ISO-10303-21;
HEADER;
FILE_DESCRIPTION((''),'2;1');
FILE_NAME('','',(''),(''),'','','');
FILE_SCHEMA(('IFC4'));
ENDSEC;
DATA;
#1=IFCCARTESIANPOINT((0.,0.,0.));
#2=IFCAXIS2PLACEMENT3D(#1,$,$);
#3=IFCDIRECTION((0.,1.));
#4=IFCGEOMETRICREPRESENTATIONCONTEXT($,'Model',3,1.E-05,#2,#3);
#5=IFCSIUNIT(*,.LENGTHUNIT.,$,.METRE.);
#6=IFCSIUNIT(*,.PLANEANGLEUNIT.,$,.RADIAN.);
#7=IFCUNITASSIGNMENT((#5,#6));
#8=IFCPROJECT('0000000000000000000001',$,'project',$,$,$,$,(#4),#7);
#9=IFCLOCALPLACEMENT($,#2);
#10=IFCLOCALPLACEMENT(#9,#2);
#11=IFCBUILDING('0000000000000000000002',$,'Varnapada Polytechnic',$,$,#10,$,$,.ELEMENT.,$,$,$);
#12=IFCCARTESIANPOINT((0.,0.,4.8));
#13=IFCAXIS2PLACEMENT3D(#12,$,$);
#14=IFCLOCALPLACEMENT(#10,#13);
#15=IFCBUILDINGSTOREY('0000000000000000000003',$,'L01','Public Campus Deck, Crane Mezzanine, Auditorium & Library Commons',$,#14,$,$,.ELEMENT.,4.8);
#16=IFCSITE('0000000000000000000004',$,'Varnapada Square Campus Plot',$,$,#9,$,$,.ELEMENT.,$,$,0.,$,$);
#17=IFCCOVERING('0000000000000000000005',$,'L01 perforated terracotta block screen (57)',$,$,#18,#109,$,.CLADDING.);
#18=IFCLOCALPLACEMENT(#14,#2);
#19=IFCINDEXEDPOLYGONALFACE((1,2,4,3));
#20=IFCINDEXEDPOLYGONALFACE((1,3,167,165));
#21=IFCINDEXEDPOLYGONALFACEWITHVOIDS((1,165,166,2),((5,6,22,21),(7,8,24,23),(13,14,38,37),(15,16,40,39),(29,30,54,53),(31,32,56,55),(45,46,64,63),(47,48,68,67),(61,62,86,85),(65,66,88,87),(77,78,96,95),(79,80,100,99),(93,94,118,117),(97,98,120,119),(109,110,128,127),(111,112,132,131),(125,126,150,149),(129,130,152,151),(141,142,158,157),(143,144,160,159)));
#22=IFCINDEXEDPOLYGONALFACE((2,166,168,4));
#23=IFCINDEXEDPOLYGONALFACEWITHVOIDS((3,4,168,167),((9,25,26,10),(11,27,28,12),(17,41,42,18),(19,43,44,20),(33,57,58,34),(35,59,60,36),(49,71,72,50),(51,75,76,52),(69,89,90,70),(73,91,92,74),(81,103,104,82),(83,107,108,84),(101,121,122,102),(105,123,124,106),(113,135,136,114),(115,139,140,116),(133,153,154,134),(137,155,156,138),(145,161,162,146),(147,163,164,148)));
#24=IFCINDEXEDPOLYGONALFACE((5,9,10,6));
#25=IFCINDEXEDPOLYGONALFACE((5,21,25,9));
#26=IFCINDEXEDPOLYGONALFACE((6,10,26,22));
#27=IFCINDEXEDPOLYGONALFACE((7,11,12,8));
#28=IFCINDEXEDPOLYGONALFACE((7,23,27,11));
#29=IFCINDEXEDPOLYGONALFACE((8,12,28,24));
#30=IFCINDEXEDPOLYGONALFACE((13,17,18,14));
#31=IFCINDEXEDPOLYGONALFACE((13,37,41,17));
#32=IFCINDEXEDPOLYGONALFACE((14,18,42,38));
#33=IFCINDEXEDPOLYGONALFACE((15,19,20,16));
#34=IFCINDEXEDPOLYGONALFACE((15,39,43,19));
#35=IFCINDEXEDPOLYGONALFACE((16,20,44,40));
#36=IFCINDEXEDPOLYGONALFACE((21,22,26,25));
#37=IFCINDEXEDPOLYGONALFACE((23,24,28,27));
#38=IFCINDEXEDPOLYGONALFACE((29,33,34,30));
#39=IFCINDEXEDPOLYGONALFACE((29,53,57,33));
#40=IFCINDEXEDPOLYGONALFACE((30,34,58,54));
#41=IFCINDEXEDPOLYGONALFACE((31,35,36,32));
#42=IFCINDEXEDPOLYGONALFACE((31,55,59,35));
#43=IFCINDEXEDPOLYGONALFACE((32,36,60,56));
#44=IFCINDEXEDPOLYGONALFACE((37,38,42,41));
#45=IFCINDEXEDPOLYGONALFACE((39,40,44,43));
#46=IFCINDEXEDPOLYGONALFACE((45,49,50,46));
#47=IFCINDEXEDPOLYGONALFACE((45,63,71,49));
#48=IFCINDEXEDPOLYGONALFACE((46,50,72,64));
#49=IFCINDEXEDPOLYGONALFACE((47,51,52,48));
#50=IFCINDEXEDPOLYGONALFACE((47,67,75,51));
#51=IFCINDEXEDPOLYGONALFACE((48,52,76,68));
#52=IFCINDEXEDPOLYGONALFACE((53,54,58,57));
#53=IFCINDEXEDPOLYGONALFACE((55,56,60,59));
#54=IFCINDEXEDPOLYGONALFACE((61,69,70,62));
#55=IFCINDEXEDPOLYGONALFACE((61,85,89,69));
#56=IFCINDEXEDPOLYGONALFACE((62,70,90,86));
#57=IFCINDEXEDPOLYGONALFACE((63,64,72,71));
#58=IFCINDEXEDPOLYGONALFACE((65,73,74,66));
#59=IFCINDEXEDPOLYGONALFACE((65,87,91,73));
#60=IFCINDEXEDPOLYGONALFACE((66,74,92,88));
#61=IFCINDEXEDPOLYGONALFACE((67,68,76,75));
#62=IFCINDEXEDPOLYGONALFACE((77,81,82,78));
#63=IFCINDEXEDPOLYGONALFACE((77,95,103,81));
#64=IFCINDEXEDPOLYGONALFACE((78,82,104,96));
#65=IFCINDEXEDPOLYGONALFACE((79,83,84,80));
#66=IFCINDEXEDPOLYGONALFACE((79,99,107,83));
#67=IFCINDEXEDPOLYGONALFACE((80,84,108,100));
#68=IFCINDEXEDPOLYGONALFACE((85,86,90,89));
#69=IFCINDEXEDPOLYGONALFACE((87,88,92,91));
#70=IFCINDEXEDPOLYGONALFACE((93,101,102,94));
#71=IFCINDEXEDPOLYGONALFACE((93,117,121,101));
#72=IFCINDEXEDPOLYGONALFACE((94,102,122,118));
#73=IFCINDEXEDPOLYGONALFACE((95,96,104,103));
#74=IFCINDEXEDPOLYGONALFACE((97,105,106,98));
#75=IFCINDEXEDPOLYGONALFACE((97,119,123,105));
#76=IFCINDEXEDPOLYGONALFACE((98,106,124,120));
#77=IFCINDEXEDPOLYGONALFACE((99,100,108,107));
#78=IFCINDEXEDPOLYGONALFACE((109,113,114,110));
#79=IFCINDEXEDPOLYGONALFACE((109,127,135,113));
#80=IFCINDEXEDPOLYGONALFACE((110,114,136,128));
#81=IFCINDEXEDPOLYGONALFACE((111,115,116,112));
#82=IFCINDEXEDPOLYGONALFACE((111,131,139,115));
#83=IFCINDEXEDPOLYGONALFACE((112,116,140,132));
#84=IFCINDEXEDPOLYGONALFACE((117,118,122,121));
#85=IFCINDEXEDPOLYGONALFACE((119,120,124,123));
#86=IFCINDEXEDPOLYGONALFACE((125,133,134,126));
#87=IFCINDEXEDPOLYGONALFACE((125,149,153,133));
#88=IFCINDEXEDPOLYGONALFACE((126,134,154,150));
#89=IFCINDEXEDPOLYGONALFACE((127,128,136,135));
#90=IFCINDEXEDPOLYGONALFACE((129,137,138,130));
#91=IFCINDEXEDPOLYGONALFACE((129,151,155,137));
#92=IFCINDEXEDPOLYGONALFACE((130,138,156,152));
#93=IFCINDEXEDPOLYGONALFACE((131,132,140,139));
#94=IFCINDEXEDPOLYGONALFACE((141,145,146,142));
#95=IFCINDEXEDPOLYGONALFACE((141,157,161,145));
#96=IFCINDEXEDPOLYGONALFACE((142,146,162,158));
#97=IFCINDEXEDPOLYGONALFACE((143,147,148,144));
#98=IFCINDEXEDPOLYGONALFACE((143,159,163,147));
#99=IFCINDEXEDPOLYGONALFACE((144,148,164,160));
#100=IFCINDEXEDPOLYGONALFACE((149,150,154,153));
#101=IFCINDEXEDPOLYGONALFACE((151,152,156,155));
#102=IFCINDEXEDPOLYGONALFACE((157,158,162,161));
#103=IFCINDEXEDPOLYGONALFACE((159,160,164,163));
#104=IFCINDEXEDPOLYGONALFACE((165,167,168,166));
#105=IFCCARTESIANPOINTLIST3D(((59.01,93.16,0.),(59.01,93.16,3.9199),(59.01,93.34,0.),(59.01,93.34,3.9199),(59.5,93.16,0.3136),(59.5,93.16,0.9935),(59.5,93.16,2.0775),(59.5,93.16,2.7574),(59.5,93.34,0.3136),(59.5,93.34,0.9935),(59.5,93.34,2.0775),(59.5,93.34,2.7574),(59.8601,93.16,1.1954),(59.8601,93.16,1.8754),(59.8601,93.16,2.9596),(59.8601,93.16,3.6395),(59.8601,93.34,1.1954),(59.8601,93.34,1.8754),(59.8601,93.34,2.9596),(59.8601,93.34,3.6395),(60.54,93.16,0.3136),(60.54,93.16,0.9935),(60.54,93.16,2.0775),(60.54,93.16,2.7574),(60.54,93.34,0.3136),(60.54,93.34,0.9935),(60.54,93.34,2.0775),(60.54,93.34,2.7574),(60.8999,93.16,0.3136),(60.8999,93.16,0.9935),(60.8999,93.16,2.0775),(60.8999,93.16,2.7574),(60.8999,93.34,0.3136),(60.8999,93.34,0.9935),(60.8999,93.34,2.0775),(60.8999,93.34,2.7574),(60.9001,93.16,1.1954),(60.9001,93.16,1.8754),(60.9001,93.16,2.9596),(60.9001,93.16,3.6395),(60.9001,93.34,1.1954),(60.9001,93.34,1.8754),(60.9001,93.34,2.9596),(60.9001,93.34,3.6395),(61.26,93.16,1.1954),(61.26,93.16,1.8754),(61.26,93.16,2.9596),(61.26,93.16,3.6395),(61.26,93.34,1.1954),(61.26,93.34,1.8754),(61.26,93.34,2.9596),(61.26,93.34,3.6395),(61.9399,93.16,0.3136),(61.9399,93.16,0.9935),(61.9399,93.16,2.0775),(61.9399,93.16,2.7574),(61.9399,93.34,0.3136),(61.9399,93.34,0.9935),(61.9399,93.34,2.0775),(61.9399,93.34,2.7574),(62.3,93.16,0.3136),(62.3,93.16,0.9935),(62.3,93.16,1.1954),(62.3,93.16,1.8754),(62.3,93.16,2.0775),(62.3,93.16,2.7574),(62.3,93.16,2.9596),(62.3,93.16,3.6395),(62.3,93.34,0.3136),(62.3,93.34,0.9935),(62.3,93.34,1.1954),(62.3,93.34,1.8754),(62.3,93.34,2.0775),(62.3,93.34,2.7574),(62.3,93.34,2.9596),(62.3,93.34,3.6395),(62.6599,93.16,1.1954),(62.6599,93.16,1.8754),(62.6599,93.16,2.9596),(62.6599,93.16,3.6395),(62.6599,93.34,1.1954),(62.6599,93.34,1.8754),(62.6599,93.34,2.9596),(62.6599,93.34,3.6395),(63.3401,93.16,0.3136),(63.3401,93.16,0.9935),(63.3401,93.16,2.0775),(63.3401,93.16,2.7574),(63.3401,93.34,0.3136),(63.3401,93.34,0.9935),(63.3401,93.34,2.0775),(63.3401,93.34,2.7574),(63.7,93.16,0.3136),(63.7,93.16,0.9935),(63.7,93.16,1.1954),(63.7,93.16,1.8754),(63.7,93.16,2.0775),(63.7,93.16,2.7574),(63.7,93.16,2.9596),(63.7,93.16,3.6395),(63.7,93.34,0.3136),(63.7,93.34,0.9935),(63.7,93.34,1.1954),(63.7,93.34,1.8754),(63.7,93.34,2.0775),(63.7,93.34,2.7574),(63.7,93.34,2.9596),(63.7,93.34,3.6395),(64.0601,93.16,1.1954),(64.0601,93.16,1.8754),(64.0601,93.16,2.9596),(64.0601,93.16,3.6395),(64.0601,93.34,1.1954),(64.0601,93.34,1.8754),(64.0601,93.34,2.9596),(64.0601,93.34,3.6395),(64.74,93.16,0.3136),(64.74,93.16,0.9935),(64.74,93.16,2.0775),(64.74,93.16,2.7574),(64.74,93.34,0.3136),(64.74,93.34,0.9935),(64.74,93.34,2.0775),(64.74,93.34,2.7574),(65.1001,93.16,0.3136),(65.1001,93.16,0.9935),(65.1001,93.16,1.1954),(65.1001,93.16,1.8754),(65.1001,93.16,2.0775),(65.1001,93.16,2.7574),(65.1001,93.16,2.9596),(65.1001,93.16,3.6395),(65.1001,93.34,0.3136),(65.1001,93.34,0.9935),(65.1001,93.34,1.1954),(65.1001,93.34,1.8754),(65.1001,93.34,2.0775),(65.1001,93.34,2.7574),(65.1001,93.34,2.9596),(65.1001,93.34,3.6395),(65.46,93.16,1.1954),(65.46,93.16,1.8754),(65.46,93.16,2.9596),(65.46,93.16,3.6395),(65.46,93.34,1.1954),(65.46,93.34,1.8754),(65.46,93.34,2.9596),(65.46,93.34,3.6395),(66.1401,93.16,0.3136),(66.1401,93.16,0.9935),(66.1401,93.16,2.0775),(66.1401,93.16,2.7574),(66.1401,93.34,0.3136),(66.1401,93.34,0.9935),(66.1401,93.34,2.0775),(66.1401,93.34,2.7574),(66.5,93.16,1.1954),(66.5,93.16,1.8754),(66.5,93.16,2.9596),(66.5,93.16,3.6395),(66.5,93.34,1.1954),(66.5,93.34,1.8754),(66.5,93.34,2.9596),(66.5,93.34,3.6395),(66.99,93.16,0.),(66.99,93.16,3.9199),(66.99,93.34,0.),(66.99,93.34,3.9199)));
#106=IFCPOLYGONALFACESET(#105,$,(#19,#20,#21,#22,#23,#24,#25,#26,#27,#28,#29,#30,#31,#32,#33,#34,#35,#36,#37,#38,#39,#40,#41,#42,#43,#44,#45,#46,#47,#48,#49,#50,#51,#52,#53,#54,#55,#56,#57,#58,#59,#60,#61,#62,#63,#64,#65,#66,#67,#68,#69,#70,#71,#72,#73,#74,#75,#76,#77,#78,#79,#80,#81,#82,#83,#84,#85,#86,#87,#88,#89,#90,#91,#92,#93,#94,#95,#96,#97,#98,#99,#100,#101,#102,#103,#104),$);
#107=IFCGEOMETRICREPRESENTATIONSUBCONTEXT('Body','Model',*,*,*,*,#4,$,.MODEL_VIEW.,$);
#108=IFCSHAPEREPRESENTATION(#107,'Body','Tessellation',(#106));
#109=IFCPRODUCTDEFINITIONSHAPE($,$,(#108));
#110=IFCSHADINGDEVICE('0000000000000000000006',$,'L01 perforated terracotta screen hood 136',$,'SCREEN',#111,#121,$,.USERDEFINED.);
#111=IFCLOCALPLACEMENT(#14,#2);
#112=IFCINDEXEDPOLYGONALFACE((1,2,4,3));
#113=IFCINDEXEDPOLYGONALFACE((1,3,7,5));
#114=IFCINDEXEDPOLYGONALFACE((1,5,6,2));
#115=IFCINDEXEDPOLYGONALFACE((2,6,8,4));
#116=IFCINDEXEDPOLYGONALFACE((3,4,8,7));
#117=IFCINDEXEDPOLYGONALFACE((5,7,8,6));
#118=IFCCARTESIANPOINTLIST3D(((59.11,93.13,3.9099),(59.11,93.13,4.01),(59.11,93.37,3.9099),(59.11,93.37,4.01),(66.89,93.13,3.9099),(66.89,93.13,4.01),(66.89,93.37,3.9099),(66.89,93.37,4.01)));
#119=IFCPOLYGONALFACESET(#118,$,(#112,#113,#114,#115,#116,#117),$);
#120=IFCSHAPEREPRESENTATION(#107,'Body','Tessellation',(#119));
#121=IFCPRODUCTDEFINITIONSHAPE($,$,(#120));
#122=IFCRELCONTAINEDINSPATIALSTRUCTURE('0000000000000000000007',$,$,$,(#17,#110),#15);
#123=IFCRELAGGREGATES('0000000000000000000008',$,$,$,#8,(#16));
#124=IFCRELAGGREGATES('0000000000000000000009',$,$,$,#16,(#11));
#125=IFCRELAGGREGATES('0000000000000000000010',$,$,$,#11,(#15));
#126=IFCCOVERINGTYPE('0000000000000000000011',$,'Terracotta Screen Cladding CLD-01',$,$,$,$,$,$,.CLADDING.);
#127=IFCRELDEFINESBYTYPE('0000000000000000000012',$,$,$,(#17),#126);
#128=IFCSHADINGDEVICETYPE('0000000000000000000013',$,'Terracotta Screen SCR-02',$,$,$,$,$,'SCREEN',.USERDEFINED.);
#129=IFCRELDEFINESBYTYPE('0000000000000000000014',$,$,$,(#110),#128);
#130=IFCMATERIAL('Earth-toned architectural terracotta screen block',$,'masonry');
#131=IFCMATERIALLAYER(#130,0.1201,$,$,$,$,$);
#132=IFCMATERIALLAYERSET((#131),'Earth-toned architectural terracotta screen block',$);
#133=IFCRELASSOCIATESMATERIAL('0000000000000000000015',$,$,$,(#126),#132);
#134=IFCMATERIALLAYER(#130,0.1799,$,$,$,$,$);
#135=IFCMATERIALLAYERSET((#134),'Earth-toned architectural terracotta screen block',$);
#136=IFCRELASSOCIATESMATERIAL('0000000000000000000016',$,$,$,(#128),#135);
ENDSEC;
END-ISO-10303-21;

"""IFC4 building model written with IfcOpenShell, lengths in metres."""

from ifc_helpers import new_model, si_unit, direction, frame, frame_2d, origin, origin_2d, place, context, subcontext, project, spatial, rectangle, extrude, material, layer, layer_set, type_object, element, save


model = new_model("IFC4")

# Units and contexts
model_context = context("Model", 3, precision=1e-05, world=origin(), true_north=direction((0.0, 1.0)))
body_context = subcontext(model_context, "Body", "Model", "MODEL_VIEW")
ifc_project = project(units=[si_unit("LENGTHUNIT", "METRE"), si_unit("PLANEANGLEUNIT", "RADIAN")], contexts=[model_context])

# Site, building, storey
site_placement = place(None, origin())
site = spatial("IfcSite", under=ifc_project, at=site_placement, Name="Varnapada Square Campus Plot", CompositionType="ELEMENT", RefElevation=0.0)
building_placement = place(site_placement, origin())
building = spatial("IfcBuilding", under=site, at=building_placement, Name="Varnapada Polytechnic", CompositionType="ELEMENT")
storey_placement = place(building_placement, frame((0.0, 0.0, 4.8)))
storey = spatial("IfcBuildingStorey", under=building, at=storey_placement, Name="L01", Description="Public Campus Deck, Crane Mezzanine, Auditorium & Library Commons", CompositionType="ELEMENT", Elevation=4.8)

# Covering, openings
ifc_material_1 = material(Name="Earth-toned architectural terracotta screen block", Category="masonry")
ifc_layer_1 = layer(ifc_material_1, 0.1201)
ifc_layer_set_1 = layer_set([ifc_layer_1], Name="Earth-toned architectural terracotta screen block")
covering_type = type_object("IfcCoveringType", Name="Terracotta Screen Cladding CLD-01", PredefinedType="CLADDING", material=ifc_layer_set_1)
covering_placement = place(storey_placement, frame((59.01, 93.25, 0.0), z_axis=(0.0, 0.0, 1.0), x_axis=(1.0, 0.0, 0.0)))
covering = element("IfcCovering", 1, at=covering_placement, inside=storey, type_object=covering_type, Name="L01 perforated terracotta block screen (57)", PredefinedType="CLADDING", context=body_context, shape_type="SweptSolid", body=[
    extrude(rectangle(XDim=7.98, YDim=0.1799, at=frame_2d((3.99, 0.0))), origin(), (0.0, 0.0, 1.0), 3.9199),
])
opening_1_placement = place(covering_placement, frame((0.49, 0.0, 0.3137)))
element("IfcOpeningElement", 2, at=opening_1_placement, cuts=covering, PredefinedType="OPENING", context=body_context, shape_type="SweptSolid", body=[
    extrude(rectangle(XDim=1.04, YDim=0.6799, at=frame_2d((0.52, 0.3398))), frame((0.0, 0.0999, 0.0), z_axis=(0.0, -1.0, 0.0), x_axis=(1.0, 0.0, 0.0)), (0.0, 0.0, 1.0), 0.2),
])
opening_2_placement = place(covering_placement, frame((1.8899, 0.0, 0.3137)))
element("IfcOpeningElement", 3, at=opening_2_placement, cuts=covering, PredefinedType="OPENING", context=body_context, shape_type="SweptSolid", body=[
    extrude(rectangle(XDim=1.04, YDim=0.6799, at=frame_2d((0.52, 0.3398))), frame((0.0, 0.0999, 0.0), z_axis=(0.0, -1.0, 0.0), x_axis=(1.0, 0.0, 0.0)), (0.0, 0.0, 1.0), 0.2),
])
opening_3_placement = place(covering_placement, frame((3.29, 0.0, 0.3137)))
element("IfcOpeningElement", 4, at=opening_3_placement, cuts=covering, PredefinedType="OPENING", context=body_context, shape_type="SweptSolid", body=[
    extrude(rectangle(XDim=1.04, YDim=0.6799, at=frame_2d((0.52, 0.3398))), frame((0.0, 0.0999, 0.0), z_axis=(0.0, -1.0, 0.0), x_axis=(1.0, 0.0, 0.0)), (0.0, 0.0, 1.0), 0.2),
])
opening_4_placement = place(covering_placement, frame((4.6899, 0.0, 0.3137)))
element("IfcOpeningElement", 5, at=opening_4_placement, cuts=covering, PredefinedType="OPENING", context=body_context, shape_type="SweptSolid", body=[
    extrude(rectangle(XDim=1.04, YDim=0.6799, at=frame_2d((0.52, 0.3398))), frame((0.0, 0.0999, 0.0), z_axis=(0.0, -1.0, 0.0), x_axis=(1.0, 0.0, 0.0)), (0.0, 0.0, 1.0), 0.2),
])
opening_5_placement = place(covering_placement, frame((6.0901, 0.0, 0.3137)))
element("IfcOpeningElement", 6, at=opening_5_placement, cuts=covering, PredefinedType="OPENING", context=body_context, shape_type="SweptSolid", body=[
    extrude(rectangle(XDim=1.04, YDim=0.6799, at=frame_2d((0.52, 0.3398))), frame((0.0, 0.0999, 0.0), z_axis=(0.0, -1.0, 0.0), x_axis=(1.0, 0.0, 0.0)), (0.0, 0.0, 1.0), 0.2),
])
opening_6_placement = place(covering_placement, frame((0.8501, 0.0, 1.1956)))
element("IfcOpeningElement", 7, at=opening_6_placement, cuts=covering, PredefinedType="OPENING", context=body_context, shape_type="SweptSolid", body=[
    extrude(rectangle(XDim=1.04, YDim=0.6799, at=frame_2d((0.52, 0.3398))), frame((0.0, 0.0999, 0.0), z_axis=(0.0, -1.0, 0.0), x_axis=(1.0, 0.0, 0.0)), (0.0, 0.0, 1.0), 0.2),
])
opening_7_placement = place(covering_placement, frame((2.25, 0.0, 1.1956)))
element("IfcOpeningElement", 8, at=opening_7_placement, cuts=covering, PredefinedType="OPENING", context=body_context, shape_type="SweptSolid", body=[
    extrude(rectangle(XDim=1.04, YDim=0.6799, at=frame_2d((0.52, 0.3398))), frame((0.0, 0.0999, 0.0), z_axis=(0.0, -1.0, 0.0), x_axis=(1.0, 0.0, 0.0)), (0.0, 0.0, 1.0), 0.2),
])
opening_8_placement = place(covering_placement, frame((3.6499, 0.0, 1.1956)))
element("IfcOpeningElement", 9, at=opening_8_placement, cuts=covering, PredefinedType="OPENING", context=body_context, shape_type="SweptSolid", body=[
    extrude(rectangle(XDim=1.04, YDim=0.6799, at=frame_2d((0.52, 0.3398))), frame((0.0, 0.0999, 0.0), z_axis=(0.0, -1.0, 0.0), x_axis=(1.0, 0.0, 0.0)), (0.0, 0.0, 1.0), 0.2),
])
opening_9_placement = place(covering_placement, frame((5.05, 0.0, 1.1956)))
element("IfcOpeningElement", 10, at=opening_9_placement, cuts=covering, PredefinedType="OPENING", context=body_context, shape_type="SweptSolid", body=[
    extrude(rectangle(XDim=1.04, YDim=0.6799, at=frame_2d((0.52, 0.3398))), frame((0.0, 0.0999, 0.0), z_axis=(0.0, -1.0, 0.0), x_axis=(1.0, 0.0, 0.0)), (0.0, 0.0, 1.0), 0.2),
])
opening_10_placement = place(covering_placement, frame((6.45, 0.0, 1.1956)))
element("IfcOpeningElement", 11, at=opening_10_placement, cuts=covering, PredefinedType="OPENING", context=body_context, shape_type="SweptSolid", body=[
    extrude(rectangle(XDim=1.04, YDim=0.6799, at=frame_2d((0.52, 0.3398))), frame((0.0, 0.0999, 0.0), z_axis=(0.0, -1.0, 0.0), x_axis=(1.0, 0.0, 0.0)), (0.0, 0.0, 1.0), 0.2),
])
opening_11_placement = place(covering_placement, frame((0.49, 0.0, 2.0776)))
element("IfcOpeningElement", 12, at=opening_11_placement, cuts=covering, PredefinedType="OPENING", context=body_context, shape_type="SweptSolid", body=[
    extrude(rectangle(XDim=1.04, YDim=0.6799, at=frame_2d((0.52, 0.3398))), frame((0.0, 0.0999, 0.0), z_axis=(0.0, -1.0, 0.0), x_axis=(1.0, 0.0, 0.0)), (0.0, 0.0, 1.0), 0.2),
])
opening_12_placement = place(covering_placement, frame((1.8899, 0.0, 2.0776)))
element("IfcOpeningElement", 13, at=opening_12_placement, cuts=covering, PredefinedType="OPENING", context=body_context, shape_type="SweptSolid", body=[
    extrude(rectangle(XDim=1.04, YDim=0.6799, at=frame_2d((0.52, 0.3398))), frame((0.0, 0.0999, 0.0), z_axis=(0.0, -1.0, 0.0), x_axis=(1.0, 0.0, 0.0)), (0.0, 0.0, 1.0), 0.2),
])
opening_13_placement = place(covering_placement, frame((3.29, 0.0, 2.0776)))
element("IfcOpeningElement", 14, at=opening_13_placement, cuts=covering, PredefinedType="OPENING", context=body_context, shape_type="SweptSolid", body=[
    extrude(rectangle(XDim=1.04, YDim=0.6799, at=frame_2d((0.52, 0.3398))), frame((0.0, 0.0999, 0.0), z_axis=(0.0, -1.0, 0.0), x_axis=(1.0, 0.0, 0.0)), (0.0, 0.0, 1.0), 0.2),
])
opening_14_placement = place(covering_placement, frame((4.6899, 0.0, 2.0776)))
element("IfcOpeningElement", 15, at=opening_14_placement, cuts=covering, PredefinedType="OPENING", context=body_context, shape_type="SweptSolid", body=[
    extrude(rectangle(XDim=1.04, YDim=0.6799, at=frame_2d((0.52, 0.3398))), frame((0.0, 0.0999, 0.0), z_axis=(0.0, -1.0, 0.0), x_axis=(1.0, 0.0, 0.0)), (0.0, 0.0, 1.0), 0.2),
])
opening_15_placement = place(covering_placement, frame((6.0901, 0.0, 2.0776)))
element("IfcOpeningElement", 16, at=opening_15_placement, cuts=covering, PredefinedType="OPENING", context=body_context, shape_type="SweptSolid", body=[
    extrude(rectangle(XDim=1.04, YDim=0.6799, at=frame_2d((0.52, 0.3398))), frame((0.0, 0.0999, 0.0), z_axis=(0.0, -1.0, 0.0), x_axis=(1.0, 0.0, 0.0)), (0.0, 0.0, 1.0), 0.2),
])
opening_16_placement = place(covering_placement, frame((0.8501, 0.0, 2.9597)))
element("IfcOpeningElement", 17, at=opening_16_placement, cuts=covering, PredefinedType="OPENING", context=body_context, shape_type="SweptSolid", body=[
    extrude(rectangle(XDim=1.04, YDim=0.6799, at=frame_2d((0.52, 0.3398))), frame((0.0, 0.0999, 0.0), z_axis=(0.0, -1.0, 0.0), x_axis=(1.0, 0.0, 0.0)), (0.0, 0.0, 1.0), 0.2),
])
opening_17_placement = place(covering_placement, frame((2.25, 0.0, 2.9597)))
element("IfcOpeningElement", 18, at=opening_17_placement, cuts=covering, PredefinedType="OPENING", context=body_context, shape_type="SweptSolid", body=[
    extrude(rectangle(XDim=1.04, YDim=0.6799, at=frame_2d((0.52, 0.3398))), frame((0.0, 0.0999, 0.0), z_axis=(0.0, -1.0, 0.0), x_axis=(1.0, 0.0, 0.0)), (0.0, 0.0, 1.0), 0.2),
])
opening_18_placement = place(covering_placement, frame((3.6499, 0.0, 2.9597)))
element("IfcOpeningElement", 19, at=opening_18_placement, cuts=covering, PredefinedType="OPENING", context=body_context, shape_type="SweptSolid", body=[
    extrude(rectangle(XDim=1.04, YDim=0.6799, at=frame_2d((0.52, 0.3398))), frame((0.0, 0.0999, 0.0), z_axis=(0.0, -1.0, 0.0), x_axis=(1.0, 0.0, 0.0)), (0.0, 0.0, 1.0), 0.2),
])
opening_19_placement = place(covering_placement, frame((5.05, 0.0, 2.9597)))
element("IfcOpeningElement", 20, at=opening_19_placement, cuts=covering, PredefinedType="OPENING", context=body_context, shape_type="SweptSolid", body=[
    extrude(rectangle(XDim=1.04, YDim=0.6799, at=frame_2d((0.52, 0.3398))), frame((0.0, 0.0999, 0.0), z_axis=(0.0, -1.0, 0.0), x_axis=(1.0, 0.0, 0.0)), (0.0, 0.0, 1.0), 0.2),
])
opening_20_placement = place(covering_placement, frame((6.45, 0.0, 2.9597)))
element("IfcOpeningElement", 21, at=opening_20_placement, cuts=covering, PredefinedType="OPENING", context=body_context, shape_type="SweptSolid", body=[
    extrude(rectangle(XDim=1.04, YDim=0.6799, at=frame_2d((0.52, 0.3398))), frame((0.0, 0.0999, 0.0), z_axis=(0.0, -1.0, 0.0), x_axis=(1.0, 0.0, 0.0)), (0.0, 0.0, 1.0), 0.2),
])

# Shading device
ifc_layer_2 = layer(ifc_material_1, 0.1799)
ifc_layer_set_2 = layer_set([ifc_layer_2], Name="Earth-toned architectural terracotta screen block")
shading_device_type = type_object("IfcShadingDeviceType", Name="Terracotta Screen SCR-02", ElementType="SCREEN", PredefinedType="USERDEFINED", material=ifc_layer_set_2)
shading_device_placement = place(storey_placement, frame((63.0, 93.25, 3.9099), z_axis=(0.0, 0.0, 1.0), x_axis=(1.0, 0.0, 0.0)))
element("IfcShadingDevice", 22, at=shading_device_placement, inside=storey, type_object=shading_device_type, Name="L01 perforated terracotta screen hood 136", ObjectType="SCREEN", PredefinedType="USERDEFINED", context=body_context, shape_type="SweptSolid", body=[
    extrude(rectangle(XDim=7.78, YDim=0.24, at=origin_2d()), origin(), (0.0, 0.0, 1.0), 0.1001),
])

save(model, "model.ifc")
